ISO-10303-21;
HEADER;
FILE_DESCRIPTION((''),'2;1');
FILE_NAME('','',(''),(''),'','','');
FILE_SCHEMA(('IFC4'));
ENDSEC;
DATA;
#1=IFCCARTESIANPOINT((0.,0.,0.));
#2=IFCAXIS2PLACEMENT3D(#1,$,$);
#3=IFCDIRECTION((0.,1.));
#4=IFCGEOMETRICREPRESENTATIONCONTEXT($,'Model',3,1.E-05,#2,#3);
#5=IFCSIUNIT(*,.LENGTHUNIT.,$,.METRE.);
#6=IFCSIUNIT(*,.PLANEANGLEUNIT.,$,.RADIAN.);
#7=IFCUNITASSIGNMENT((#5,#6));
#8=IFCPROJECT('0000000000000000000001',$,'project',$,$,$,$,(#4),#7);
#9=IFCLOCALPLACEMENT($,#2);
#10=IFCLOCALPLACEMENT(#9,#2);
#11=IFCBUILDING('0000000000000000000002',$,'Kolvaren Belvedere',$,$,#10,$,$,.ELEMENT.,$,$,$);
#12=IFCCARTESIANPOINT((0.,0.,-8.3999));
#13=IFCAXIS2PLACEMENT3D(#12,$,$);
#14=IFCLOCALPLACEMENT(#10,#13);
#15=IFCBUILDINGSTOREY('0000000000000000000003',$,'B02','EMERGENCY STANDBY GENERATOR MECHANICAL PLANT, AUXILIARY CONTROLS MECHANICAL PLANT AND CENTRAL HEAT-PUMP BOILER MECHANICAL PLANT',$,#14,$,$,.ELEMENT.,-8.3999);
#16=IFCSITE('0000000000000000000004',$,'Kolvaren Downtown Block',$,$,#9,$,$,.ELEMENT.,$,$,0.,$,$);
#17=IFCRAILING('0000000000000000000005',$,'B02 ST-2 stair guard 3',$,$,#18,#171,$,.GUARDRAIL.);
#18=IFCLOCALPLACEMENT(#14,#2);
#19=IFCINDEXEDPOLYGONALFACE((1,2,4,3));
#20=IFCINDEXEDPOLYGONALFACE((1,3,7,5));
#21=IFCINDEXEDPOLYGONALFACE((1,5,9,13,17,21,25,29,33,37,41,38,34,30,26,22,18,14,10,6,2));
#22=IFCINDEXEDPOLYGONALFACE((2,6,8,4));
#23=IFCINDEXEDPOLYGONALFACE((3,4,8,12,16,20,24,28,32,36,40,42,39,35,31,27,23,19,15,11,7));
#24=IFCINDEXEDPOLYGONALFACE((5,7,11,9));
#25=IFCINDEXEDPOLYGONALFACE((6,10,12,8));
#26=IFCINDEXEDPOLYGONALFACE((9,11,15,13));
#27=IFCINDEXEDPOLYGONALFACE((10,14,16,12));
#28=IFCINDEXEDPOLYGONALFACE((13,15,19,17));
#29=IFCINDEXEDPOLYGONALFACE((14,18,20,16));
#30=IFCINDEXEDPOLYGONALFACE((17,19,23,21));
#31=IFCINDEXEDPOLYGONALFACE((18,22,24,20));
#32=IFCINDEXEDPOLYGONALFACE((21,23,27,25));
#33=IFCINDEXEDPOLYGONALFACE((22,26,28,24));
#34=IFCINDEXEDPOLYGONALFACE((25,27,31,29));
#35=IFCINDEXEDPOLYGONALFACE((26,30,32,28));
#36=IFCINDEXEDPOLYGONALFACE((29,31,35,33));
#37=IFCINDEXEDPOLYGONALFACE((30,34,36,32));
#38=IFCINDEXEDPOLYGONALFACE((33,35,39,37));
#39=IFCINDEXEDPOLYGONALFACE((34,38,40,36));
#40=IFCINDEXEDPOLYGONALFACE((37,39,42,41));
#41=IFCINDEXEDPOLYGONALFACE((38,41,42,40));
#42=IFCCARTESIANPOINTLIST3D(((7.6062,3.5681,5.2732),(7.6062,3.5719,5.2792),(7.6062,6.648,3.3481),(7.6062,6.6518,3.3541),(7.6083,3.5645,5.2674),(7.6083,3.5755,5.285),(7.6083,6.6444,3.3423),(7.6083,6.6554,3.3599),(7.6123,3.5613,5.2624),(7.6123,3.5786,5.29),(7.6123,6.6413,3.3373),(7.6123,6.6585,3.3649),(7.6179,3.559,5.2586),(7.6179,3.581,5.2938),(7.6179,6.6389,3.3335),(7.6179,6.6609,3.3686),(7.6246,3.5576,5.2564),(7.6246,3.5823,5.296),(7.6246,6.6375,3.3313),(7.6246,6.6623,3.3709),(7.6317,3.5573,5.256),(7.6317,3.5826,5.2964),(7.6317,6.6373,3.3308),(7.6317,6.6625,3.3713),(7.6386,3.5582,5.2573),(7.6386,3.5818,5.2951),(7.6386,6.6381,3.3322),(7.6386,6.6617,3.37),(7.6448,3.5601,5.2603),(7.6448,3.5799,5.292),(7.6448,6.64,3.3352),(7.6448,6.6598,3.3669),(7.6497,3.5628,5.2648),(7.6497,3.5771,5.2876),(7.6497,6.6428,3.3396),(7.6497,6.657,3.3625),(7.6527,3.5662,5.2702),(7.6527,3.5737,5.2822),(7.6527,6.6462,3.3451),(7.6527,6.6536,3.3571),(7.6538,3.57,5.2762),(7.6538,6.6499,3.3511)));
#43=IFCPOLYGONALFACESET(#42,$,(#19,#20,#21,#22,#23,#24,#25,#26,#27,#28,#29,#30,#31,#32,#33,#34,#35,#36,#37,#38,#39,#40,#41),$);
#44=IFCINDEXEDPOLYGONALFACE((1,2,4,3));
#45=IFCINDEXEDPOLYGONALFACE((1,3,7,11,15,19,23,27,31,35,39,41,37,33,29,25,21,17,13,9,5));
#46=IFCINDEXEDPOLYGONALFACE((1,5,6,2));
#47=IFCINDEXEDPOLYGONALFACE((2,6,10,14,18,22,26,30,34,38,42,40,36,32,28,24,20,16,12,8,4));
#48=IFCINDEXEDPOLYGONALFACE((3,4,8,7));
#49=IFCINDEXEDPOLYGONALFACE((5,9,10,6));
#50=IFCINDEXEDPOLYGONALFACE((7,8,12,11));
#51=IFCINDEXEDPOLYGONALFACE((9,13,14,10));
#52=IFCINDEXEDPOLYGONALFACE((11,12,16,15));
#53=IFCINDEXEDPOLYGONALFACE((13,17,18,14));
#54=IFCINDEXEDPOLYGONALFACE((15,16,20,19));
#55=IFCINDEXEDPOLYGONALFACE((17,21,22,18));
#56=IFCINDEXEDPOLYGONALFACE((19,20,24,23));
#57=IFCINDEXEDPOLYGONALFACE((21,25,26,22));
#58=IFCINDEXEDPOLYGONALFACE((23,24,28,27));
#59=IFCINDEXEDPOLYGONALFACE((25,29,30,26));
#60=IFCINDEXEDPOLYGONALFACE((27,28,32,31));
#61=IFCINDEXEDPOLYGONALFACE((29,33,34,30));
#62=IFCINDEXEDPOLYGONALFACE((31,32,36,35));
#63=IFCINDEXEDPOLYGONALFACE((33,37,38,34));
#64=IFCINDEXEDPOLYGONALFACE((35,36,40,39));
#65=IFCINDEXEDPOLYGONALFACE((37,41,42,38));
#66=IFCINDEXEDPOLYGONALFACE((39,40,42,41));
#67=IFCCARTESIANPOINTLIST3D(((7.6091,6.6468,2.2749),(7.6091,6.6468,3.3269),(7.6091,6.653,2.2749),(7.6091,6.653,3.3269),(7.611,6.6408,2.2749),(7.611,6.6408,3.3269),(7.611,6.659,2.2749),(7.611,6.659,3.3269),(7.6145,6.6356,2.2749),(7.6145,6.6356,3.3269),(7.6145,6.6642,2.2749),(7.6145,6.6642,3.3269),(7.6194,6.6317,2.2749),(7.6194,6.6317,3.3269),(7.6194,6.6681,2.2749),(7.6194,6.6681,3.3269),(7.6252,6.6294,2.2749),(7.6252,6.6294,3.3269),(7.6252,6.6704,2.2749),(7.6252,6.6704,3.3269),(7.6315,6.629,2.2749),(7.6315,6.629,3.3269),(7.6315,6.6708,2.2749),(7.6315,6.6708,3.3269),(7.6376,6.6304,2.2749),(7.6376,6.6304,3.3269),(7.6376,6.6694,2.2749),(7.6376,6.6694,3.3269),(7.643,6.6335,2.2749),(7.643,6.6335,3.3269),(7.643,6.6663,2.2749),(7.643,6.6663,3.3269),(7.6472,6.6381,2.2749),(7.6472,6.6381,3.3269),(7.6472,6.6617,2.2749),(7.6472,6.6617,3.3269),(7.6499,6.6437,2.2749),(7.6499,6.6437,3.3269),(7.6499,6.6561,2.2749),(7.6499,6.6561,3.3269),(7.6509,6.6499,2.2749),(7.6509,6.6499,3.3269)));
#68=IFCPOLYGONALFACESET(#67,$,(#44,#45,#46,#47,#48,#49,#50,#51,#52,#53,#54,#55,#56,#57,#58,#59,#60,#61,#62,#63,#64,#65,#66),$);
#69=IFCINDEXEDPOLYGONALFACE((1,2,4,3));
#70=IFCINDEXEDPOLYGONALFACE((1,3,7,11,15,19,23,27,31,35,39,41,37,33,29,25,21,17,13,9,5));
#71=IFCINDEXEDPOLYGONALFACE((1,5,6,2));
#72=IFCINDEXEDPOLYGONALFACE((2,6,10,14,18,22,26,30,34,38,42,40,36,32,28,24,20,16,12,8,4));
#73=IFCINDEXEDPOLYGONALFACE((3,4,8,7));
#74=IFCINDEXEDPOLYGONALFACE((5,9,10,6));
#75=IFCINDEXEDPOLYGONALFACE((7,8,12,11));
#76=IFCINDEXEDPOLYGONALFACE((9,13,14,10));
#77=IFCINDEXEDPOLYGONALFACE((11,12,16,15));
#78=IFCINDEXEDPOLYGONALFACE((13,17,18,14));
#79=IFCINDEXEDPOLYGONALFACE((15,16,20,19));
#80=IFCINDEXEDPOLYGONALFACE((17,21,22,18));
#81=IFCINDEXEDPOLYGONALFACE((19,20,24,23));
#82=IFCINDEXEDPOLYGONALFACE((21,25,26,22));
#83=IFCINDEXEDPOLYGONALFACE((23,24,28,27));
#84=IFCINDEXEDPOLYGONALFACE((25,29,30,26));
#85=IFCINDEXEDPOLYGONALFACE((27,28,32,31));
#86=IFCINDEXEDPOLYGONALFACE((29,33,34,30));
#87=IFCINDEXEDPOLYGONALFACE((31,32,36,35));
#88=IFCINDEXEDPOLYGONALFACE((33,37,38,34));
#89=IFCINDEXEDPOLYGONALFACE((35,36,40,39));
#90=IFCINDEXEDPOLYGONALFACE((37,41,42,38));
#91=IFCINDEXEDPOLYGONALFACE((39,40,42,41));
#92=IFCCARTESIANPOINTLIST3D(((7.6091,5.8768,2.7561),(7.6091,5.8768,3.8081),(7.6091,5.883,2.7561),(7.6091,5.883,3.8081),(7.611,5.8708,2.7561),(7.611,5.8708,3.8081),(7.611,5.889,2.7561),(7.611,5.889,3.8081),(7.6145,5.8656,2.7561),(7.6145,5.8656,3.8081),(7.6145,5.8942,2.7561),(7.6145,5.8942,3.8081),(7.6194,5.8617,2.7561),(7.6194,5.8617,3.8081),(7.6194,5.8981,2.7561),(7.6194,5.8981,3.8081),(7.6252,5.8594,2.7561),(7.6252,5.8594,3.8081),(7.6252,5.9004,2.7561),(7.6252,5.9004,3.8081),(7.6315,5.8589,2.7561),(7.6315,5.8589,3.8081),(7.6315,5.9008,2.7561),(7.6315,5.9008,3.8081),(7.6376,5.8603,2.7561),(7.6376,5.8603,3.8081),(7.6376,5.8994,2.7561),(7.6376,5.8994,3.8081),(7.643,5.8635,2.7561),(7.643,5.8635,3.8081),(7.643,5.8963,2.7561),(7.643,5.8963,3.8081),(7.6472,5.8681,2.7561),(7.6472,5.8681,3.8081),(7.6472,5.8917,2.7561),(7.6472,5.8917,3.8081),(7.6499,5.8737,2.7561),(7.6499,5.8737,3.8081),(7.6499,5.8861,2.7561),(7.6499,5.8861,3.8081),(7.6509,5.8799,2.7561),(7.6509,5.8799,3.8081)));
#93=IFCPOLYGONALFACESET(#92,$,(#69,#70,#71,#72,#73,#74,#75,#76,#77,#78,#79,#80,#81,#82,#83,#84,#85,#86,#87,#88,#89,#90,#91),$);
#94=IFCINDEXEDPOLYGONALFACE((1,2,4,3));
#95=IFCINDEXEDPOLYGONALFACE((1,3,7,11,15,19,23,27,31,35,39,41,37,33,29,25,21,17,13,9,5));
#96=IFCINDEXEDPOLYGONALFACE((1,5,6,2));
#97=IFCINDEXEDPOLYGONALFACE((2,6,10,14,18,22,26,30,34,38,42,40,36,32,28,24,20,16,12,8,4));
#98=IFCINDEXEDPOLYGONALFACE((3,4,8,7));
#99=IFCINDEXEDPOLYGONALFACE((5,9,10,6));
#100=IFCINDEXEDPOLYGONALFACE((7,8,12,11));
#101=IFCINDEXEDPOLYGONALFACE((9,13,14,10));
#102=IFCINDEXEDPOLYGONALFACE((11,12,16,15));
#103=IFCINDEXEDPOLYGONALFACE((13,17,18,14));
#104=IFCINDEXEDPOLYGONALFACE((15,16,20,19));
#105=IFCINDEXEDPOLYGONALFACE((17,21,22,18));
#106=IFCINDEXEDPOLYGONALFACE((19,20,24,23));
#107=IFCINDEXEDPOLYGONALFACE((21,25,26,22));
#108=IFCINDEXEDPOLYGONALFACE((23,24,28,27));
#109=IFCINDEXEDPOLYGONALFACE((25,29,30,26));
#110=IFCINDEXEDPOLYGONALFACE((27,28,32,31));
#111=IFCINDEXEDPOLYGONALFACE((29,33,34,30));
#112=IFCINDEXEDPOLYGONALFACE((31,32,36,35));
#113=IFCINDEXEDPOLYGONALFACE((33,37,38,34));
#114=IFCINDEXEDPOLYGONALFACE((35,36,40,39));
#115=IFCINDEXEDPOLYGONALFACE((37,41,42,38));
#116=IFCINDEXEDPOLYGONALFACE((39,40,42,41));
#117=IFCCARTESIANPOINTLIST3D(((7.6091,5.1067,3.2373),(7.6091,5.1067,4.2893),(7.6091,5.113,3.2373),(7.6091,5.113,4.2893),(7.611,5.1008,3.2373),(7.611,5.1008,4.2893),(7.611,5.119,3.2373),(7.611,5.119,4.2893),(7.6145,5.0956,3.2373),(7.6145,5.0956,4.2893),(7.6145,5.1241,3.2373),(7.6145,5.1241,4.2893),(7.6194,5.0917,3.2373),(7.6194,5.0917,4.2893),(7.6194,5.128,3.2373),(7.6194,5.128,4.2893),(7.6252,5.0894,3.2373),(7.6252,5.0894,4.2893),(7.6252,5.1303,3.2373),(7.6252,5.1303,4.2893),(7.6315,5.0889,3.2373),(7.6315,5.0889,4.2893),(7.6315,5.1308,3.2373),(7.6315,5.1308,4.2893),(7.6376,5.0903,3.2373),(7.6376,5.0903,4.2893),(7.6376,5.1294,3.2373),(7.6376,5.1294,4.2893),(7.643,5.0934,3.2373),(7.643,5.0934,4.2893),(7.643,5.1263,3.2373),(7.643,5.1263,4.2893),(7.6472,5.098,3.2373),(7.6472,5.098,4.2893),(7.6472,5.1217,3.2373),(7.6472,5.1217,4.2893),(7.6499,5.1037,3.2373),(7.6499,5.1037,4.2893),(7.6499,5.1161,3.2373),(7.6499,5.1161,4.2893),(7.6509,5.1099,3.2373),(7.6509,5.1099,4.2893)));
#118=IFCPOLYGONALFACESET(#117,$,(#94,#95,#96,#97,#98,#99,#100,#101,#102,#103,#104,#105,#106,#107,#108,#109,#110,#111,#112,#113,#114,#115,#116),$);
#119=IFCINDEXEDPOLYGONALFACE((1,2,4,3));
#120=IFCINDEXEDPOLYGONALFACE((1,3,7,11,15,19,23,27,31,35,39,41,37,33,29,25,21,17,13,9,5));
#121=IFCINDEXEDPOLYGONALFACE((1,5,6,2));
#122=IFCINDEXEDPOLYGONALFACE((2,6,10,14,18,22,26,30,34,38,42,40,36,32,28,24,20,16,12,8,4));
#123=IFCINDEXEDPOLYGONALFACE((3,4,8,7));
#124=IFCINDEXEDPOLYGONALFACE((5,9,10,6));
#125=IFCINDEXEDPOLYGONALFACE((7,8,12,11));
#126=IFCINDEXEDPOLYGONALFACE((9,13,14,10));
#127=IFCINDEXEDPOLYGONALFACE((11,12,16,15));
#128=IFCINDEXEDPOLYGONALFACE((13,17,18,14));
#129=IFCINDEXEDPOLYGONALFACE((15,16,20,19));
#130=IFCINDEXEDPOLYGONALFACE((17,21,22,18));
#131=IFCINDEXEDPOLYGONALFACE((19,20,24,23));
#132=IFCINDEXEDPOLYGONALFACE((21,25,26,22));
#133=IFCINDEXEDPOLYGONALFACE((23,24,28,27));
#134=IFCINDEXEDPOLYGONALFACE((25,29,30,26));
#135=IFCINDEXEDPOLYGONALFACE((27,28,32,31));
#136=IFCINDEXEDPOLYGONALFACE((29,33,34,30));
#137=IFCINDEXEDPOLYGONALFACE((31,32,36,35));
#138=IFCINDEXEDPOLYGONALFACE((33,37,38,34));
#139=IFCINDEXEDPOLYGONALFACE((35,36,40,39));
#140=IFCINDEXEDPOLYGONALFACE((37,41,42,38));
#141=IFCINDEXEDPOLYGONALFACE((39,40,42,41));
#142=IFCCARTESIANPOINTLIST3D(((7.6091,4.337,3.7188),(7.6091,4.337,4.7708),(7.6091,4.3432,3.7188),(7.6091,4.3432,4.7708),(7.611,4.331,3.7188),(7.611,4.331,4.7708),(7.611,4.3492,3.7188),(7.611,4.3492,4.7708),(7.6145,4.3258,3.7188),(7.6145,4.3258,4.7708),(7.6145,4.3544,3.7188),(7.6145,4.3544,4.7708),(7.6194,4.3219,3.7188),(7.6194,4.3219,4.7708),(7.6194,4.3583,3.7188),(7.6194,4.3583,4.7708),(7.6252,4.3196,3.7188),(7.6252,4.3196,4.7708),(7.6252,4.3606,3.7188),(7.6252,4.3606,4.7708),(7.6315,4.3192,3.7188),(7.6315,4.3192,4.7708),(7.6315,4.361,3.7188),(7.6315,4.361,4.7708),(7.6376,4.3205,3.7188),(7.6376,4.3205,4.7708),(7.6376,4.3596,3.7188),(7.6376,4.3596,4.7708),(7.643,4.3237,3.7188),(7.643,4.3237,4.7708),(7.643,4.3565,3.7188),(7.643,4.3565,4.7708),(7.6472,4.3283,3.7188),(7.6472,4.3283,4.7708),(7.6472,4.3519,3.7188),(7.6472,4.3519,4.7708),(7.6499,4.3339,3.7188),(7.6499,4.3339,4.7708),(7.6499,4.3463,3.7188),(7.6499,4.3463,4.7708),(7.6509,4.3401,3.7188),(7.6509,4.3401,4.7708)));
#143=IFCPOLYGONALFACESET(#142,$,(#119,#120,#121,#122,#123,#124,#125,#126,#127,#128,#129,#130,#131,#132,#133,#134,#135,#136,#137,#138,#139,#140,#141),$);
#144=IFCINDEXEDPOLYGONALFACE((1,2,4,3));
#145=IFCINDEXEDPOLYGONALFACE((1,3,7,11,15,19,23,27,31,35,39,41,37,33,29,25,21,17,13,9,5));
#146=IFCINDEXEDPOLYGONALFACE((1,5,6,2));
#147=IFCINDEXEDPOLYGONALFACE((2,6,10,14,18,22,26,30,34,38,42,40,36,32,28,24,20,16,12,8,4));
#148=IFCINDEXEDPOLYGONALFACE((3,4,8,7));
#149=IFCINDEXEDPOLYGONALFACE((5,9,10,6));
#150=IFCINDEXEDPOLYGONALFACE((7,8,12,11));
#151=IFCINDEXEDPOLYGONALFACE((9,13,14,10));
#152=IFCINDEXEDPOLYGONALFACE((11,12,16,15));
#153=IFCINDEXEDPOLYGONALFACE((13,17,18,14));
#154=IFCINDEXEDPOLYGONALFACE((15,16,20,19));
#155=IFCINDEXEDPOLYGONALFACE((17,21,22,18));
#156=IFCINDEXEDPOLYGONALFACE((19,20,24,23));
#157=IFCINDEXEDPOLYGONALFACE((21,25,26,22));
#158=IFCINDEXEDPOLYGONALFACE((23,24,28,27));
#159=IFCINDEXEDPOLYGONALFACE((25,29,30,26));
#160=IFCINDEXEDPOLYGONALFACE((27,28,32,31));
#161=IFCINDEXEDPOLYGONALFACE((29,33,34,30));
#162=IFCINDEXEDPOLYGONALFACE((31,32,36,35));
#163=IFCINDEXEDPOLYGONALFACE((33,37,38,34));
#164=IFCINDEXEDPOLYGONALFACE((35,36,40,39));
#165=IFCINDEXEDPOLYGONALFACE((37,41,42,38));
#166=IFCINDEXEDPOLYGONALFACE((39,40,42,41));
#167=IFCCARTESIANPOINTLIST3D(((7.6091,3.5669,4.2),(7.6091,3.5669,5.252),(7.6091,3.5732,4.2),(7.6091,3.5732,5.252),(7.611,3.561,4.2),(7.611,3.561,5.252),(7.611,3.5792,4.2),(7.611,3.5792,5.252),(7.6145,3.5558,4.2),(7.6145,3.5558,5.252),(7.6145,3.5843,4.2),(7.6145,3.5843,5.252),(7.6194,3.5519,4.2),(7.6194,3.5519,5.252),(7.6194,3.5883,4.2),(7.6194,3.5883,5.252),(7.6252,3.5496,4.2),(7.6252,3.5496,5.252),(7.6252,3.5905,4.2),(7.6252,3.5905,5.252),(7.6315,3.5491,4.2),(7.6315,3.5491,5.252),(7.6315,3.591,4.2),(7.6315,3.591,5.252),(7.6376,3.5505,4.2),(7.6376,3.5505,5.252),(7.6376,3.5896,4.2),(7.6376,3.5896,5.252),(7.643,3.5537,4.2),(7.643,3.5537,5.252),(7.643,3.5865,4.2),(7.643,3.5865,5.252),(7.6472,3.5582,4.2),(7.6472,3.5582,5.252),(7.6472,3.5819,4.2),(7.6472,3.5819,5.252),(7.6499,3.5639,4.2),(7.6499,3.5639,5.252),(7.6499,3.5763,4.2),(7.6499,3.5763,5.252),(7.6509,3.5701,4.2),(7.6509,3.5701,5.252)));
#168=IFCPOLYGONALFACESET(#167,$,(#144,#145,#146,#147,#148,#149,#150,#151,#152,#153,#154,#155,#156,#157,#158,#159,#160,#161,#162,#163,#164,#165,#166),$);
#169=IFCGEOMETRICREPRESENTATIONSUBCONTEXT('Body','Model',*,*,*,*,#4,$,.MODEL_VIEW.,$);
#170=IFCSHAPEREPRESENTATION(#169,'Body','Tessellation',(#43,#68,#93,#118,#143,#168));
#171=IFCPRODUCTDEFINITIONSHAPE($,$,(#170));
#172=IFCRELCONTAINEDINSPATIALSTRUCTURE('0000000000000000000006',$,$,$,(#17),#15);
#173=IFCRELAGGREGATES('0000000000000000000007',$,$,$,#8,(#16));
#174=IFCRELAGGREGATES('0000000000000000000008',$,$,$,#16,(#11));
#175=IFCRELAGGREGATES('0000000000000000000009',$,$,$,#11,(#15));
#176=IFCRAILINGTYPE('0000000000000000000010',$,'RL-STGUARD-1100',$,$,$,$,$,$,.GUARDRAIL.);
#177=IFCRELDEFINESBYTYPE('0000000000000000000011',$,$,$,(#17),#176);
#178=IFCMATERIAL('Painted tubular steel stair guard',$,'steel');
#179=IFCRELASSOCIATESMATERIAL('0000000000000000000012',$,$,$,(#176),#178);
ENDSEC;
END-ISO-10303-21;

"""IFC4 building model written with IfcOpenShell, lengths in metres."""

from ifc_helpers import new_model, si_unit, direction, frame, origin, origin_2d, place, context, subcontext, project, spatial, circle, extrude, material, type_object, element, save


model = new_model("IFC4")

# Units and contexts
model_context = context("Model", 3, precision=1e-05, world=origin(), true_north=direction((0.0, 1.0)))
body_context = subcontext(model_context, "Body", "Model", "MODEL_VIEW")
ifc_project = project(units=[si_unit("LENGTHUNIT", "METRE"), si_unit("PLANEANGLEUNIT", "RADIAN")], contexts=[model_context])

# Site, building, storey
site_placement = place(None, origin())
site = spatial("IfcSite", under=ifc_project, at=site_placement, Name="Kolvaren Downtown Block", CompositionType="ELEMENT", RefElevation=0.0)
building_placement = place(site_placement, origin())
building = spatial("IfcBuilding", under=site, at=building_placement, Name="Kolvaren Belvedere", CompositionType="ELEMENT")
storey_placement = place(building_placement, frame((0.0, 0.0, -8.3999)))
storey = spatial("IfcBuildingStorey", under=building, at=storey_placement, Name="B02", Description="EMERGENCY STANDBY GENERATOR MECHANICAL PLANT, AUXILIARY CONTROLS MECHANICAL PLANT AND CENTRAL HEAT-PUMP BOILER MECHANICAL PLANT", CompositionType="ELEMENT", Elevation=-8.3999)

# Railing
ifc_material_1 = material(Name="Painted tubular steel stair guard", Category="steel")
railing_type_1 = type_object("IfcRailingType", Name="RL-STGUARD-1100", PredefinedType="GUARDRAIL", material=ifc_material_1)
railing_1_placement = place(storey_placement, frame((7.6299, 6.6499, 2.2749)))
element("IfcRailing", 1, at=railing_1_placement, inside=storey, type_object=railing_type_1, Name="B02 ST-2 stair guard 3", PredefinedType="GUARDRAIL", context=body_context, shape_type="SweptSolid", body=[
    extrude(circle(Radius=0.0239, at=origin_2d()), frame((0.0, 0.0, 1.0762), z_axis=(0.0, -0.847979, 0.530029), x_axis=(1.0, 0.0, 0.0)), (0.0, 0.0, 1.0), 3.6321),
    extrude(circle(Radius=0.021, at=origin_2d()), origin(), (0.0, 0.0, 1.0), 1.052),
    extrude(circle(Radius=0.021, at=origin_2d()), frame((0.0, -0.77, 0.4812)), (0.0, 0.0, 1.0), 1.052),
    extrude(circle(Radius=0.021, at=origin_2d()), frame((0.0, -1.54, 0.9624)), (0.0, 0.0, 1.0), 1.052),
    extrude(circle(Radius=0.021, at=origin_2d()), frame((0.0, -2.3098, 1.4438)), (0.0, 0.0, 1.0), 1.052),
    extrude(circle(Radius=0.021, at=origin_2d()), frame((0.0, -3.0798, 1.925)), (0.0, 0.0, 1.0), 1.052),
])

save(model, "model.ifc")
